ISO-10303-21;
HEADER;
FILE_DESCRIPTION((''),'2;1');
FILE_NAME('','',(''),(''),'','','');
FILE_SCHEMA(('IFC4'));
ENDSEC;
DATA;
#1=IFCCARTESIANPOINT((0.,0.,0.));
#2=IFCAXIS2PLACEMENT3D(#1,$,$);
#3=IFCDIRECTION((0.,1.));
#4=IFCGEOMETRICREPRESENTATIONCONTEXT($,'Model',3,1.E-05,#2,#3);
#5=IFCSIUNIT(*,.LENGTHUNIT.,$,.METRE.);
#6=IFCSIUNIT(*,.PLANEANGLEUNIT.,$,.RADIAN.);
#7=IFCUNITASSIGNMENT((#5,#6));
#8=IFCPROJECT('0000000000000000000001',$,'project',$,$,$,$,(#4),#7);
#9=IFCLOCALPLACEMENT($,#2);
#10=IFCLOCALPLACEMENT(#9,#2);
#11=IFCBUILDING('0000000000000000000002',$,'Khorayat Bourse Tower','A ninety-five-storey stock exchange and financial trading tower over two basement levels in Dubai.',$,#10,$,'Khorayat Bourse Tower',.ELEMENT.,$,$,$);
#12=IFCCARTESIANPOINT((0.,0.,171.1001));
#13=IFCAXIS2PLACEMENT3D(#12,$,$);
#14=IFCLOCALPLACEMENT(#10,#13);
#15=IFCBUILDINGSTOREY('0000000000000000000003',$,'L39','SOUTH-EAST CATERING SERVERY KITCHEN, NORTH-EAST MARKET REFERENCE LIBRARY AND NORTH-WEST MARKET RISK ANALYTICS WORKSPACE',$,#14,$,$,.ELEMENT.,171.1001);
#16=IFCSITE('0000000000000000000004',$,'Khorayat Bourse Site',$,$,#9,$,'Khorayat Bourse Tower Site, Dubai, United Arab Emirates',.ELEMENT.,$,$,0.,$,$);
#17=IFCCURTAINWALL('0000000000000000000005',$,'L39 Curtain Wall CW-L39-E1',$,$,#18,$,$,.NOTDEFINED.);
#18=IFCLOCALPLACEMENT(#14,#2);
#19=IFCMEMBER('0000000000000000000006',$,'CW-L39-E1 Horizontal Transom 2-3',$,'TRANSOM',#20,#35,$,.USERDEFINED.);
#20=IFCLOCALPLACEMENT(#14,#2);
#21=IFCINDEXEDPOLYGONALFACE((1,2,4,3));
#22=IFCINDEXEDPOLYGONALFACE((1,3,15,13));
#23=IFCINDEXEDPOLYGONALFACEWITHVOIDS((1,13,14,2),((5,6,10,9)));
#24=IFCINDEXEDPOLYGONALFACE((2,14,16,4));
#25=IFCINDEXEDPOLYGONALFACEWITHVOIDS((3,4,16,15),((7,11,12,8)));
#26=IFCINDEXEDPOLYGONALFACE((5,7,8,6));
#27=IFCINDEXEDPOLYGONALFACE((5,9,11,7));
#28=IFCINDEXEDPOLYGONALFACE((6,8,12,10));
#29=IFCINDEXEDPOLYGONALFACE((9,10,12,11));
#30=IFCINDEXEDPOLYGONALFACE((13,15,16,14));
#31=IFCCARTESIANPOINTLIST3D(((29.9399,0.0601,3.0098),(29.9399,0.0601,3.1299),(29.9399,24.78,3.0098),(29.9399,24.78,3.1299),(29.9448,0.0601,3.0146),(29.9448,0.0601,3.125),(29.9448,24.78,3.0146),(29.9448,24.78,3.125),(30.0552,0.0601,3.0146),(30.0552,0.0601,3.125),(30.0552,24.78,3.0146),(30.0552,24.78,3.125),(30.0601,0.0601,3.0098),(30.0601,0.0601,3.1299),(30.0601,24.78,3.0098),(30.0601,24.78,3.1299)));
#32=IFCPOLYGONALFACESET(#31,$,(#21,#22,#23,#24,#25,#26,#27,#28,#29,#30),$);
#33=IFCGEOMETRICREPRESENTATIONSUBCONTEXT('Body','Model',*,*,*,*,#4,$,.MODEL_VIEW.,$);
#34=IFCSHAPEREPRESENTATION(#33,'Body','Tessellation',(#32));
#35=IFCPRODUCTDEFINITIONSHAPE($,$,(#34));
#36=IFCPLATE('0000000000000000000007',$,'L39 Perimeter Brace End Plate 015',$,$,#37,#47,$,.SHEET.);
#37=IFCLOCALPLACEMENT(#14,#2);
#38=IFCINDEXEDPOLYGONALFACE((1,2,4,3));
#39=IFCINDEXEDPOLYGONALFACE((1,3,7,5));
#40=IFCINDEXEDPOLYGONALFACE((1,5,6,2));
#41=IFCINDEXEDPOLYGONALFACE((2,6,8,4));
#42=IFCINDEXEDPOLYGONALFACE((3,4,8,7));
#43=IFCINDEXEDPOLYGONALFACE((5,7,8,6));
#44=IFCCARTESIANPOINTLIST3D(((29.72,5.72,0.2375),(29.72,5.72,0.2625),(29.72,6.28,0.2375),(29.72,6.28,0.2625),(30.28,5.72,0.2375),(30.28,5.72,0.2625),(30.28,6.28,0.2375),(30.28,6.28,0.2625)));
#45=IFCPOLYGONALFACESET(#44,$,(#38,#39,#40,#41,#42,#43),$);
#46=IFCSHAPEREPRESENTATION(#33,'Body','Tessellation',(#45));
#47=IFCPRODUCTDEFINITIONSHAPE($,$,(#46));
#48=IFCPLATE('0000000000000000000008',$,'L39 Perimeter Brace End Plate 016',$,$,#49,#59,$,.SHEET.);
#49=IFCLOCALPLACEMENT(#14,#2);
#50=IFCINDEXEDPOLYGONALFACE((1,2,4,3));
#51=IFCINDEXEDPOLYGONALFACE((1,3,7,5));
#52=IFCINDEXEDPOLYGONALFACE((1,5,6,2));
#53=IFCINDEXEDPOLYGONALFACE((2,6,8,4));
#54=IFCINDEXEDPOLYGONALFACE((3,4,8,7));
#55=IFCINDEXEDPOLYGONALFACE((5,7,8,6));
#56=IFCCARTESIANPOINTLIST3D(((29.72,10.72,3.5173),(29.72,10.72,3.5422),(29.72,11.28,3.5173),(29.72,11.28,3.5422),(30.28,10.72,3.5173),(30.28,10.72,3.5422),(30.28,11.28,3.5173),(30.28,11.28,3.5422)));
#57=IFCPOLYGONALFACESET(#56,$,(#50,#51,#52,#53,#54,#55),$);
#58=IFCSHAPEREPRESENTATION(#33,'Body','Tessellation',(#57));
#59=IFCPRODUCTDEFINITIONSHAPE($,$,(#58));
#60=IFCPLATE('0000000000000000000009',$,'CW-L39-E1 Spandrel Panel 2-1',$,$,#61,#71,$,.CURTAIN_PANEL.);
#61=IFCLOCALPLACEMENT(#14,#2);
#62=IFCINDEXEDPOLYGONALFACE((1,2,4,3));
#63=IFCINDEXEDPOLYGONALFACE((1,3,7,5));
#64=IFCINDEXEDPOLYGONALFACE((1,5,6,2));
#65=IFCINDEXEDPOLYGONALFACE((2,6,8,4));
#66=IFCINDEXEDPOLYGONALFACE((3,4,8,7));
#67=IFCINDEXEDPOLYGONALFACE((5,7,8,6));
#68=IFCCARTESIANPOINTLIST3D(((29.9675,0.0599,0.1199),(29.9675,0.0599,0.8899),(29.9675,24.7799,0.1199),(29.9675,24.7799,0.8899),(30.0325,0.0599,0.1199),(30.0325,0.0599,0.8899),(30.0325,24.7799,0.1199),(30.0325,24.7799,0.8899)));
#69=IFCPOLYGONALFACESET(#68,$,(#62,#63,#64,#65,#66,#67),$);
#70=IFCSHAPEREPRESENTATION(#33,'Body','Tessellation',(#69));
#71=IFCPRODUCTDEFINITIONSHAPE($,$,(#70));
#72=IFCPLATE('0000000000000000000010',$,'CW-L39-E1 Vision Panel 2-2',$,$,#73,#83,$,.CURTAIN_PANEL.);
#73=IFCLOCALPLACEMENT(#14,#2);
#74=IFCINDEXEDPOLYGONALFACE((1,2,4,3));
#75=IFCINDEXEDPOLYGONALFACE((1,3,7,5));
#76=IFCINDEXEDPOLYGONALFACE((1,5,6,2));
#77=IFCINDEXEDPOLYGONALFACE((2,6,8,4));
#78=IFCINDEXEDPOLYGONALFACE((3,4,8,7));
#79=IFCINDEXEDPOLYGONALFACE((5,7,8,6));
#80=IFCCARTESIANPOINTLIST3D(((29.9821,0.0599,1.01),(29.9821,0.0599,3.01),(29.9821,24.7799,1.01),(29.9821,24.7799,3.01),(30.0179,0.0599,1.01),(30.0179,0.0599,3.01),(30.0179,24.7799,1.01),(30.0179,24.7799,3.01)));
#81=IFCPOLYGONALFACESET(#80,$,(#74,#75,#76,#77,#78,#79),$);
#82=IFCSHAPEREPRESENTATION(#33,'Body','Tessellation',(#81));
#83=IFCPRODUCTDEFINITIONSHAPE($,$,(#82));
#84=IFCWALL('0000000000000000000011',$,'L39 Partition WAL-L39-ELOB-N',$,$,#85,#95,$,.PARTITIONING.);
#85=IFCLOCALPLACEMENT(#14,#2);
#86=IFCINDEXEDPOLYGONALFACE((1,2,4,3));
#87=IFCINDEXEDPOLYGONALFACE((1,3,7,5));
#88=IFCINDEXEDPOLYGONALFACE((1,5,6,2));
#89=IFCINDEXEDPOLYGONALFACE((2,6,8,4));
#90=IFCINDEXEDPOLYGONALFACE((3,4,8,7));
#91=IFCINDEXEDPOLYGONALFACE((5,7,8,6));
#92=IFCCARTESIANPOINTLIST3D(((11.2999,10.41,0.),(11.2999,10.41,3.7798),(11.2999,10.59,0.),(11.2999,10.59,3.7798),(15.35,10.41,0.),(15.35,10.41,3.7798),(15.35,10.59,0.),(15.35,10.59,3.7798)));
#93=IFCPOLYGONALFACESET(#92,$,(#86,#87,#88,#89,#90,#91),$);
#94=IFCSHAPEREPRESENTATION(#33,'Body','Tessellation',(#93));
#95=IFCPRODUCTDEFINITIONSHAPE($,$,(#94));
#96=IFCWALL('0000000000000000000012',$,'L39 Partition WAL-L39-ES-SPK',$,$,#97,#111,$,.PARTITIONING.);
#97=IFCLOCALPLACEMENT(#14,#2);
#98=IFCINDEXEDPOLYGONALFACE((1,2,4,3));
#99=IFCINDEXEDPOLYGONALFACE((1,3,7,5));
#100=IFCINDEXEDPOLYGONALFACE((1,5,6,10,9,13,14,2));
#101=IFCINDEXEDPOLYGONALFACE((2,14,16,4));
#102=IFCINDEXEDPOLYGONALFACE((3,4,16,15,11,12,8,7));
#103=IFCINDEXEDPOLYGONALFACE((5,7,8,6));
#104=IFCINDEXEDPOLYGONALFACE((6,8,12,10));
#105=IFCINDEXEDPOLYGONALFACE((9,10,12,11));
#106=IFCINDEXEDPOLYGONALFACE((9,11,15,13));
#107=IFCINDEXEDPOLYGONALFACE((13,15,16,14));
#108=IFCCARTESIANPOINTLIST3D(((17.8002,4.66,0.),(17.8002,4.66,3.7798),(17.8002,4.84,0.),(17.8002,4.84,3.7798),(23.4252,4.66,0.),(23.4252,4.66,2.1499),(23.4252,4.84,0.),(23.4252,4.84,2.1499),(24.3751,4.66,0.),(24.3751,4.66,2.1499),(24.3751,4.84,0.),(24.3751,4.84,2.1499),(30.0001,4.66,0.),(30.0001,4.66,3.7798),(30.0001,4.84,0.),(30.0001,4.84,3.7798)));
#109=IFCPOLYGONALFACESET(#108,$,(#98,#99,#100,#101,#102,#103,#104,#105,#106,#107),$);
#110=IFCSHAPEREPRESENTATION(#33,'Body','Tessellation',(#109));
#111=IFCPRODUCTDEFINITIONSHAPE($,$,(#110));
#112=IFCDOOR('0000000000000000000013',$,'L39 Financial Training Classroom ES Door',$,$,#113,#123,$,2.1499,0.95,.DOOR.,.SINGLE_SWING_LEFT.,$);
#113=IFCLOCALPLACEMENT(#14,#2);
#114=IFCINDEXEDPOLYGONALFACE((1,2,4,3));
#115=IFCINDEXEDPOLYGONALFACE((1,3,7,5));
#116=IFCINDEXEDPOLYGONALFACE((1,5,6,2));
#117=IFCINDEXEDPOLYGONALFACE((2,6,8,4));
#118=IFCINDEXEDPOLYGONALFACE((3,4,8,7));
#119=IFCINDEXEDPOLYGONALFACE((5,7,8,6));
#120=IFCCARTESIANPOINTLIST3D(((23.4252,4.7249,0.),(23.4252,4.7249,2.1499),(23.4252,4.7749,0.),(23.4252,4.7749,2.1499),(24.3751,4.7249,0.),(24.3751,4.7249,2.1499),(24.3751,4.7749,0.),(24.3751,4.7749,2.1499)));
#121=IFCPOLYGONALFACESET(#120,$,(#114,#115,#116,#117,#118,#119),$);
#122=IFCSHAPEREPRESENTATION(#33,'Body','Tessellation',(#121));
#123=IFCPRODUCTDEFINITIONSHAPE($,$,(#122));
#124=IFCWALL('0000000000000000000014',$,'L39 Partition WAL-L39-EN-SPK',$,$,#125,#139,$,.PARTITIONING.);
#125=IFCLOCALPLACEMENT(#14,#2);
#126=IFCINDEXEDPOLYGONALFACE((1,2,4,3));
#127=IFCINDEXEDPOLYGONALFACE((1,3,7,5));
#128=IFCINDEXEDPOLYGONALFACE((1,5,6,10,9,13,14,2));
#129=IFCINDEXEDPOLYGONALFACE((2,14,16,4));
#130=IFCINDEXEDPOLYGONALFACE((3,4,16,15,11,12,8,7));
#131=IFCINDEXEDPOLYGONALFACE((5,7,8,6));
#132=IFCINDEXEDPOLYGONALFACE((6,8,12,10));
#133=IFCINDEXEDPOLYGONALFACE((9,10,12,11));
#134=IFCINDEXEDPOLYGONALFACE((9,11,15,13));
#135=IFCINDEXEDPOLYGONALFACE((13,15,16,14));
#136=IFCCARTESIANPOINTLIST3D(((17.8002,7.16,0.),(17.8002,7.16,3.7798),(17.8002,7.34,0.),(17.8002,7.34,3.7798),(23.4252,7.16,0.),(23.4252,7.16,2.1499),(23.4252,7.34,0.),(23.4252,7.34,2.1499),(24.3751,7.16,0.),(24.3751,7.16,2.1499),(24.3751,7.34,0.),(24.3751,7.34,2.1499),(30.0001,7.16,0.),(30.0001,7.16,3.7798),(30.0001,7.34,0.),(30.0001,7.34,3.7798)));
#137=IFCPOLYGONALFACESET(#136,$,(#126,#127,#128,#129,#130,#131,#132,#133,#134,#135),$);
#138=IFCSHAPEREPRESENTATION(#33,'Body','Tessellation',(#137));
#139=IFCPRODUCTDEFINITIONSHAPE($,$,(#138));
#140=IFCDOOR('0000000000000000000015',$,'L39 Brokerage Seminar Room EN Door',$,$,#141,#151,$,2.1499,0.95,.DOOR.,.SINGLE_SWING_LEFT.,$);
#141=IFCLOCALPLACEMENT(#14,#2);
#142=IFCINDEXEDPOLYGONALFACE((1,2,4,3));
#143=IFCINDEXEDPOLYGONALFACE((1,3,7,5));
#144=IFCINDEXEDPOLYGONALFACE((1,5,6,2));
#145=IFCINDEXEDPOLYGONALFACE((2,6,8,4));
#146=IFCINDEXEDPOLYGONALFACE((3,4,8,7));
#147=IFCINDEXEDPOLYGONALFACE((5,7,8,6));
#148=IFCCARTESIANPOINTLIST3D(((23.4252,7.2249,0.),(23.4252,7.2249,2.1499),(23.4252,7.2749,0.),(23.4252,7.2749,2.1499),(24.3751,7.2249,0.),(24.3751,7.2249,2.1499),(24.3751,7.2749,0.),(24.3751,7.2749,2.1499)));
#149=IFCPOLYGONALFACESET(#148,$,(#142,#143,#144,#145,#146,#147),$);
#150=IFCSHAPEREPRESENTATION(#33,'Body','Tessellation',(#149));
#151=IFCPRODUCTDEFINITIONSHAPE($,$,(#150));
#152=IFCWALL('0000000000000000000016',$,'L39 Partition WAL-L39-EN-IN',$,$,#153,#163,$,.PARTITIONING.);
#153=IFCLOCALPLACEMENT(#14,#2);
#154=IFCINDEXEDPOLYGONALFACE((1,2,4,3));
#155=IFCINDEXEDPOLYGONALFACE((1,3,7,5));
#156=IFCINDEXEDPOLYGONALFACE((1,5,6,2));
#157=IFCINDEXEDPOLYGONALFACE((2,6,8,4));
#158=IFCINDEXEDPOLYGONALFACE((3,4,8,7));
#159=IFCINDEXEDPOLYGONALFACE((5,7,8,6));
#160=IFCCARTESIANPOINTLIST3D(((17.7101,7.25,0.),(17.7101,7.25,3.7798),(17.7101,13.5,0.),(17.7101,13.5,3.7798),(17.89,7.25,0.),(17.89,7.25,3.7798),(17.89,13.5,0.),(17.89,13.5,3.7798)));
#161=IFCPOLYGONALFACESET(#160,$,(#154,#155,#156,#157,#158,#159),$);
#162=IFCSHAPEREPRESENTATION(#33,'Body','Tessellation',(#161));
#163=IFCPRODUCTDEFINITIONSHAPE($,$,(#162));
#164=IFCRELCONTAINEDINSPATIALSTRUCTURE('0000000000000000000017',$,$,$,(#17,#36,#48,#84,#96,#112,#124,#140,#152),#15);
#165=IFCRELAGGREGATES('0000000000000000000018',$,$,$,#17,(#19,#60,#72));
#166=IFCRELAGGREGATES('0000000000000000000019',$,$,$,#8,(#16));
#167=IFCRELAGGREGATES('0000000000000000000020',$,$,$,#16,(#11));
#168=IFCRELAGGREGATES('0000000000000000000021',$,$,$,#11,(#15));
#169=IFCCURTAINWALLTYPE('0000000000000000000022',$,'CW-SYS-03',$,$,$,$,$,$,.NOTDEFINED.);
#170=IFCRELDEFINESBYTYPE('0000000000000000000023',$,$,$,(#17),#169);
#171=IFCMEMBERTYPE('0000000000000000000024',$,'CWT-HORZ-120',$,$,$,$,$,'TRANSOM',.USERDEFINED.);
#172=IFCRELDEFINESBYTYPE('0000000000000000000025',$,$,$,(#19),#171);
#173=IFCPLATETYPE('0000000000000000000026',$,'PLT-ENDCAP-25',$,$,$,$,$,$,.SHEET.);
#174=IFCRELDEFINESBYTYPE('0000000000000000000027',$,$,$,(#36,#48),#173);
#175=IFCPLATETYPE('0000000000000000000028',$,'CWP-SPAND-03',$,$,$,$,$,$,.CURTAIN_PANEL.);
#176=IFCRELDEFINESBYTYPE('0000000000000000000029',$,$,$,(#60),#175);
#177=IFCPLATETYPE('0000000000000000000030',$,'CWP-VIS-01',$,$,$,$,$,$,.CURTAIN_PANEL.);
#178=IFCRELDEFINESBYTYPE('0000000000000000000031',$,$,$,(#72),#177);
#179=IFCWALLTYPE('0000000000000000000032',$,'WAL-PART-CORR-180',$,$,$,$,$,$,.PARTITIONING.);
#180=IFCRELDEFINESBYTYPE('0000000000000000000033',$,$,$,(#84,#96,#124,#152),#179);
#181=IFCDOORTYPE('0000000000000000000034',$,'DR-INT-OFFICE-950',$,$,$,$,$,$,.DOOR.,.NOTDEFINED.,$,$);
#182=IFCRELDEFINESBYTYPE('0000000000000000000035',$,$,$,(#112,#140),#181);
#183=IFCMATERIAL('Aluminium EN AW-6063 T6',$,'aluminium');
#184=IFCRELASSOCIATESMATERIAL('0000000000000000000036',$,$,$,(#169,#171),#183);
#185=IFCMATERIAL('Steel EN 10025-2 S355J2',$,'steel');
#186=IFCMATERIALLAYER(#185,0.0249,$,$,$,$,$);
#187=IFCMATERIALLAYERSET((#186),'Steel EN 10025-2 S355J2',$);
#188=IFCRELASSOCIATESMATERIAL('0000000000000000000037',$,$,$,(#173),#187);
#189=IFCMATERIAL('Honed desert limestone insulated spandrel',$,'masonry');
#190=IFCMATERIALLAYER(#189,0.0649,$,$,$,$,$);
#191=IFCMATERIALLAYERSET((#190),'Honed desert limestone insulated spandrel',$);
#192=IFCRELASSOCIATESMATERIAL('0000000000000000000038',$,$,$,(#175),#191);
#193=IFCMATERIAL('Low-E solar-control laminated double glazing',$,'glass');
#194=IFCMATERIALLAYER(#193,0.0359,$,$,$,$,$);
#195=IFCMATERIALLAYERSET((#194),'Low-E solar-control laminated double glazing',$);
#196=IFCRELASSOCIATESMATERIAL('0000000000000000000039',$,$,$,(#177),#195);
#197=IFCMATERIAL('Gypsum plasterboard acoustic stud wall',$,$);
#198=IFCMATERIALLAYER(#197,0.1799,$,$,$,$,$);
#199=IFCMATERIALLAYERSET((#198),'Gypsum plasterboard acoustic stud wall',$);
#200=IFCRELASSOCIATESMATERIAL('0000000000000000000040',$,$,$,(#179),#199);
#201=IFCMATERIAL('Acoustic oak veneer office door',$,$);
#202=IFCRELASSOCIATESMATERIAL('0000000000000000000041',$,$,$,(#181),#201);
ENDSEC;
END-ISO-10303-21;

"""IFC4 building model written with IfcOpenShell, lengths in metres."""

from ifc_helpers import new_model, si_unit, direction, frame, frame_2d, origin, origin_2d, place, context, subcontext, project, spatial, rectangle, hollow_rectangle, extrude, source, transform, mapped, material, layer, layer_set, material_profile, profile_set, type_object, element, fill, aggregate, save


model = new_model("IFC4")

# Units and contexts
model_context = context("Model", 3, precision=1e-05, world=origin(), true_north=direction((0.0, 1.0)))
body_context = subcontext(model_context, "Body", "Model", "MODEL_VIEW")
ifc_project = project(units=[si_unit("LENGTHUNIT", "METRE"), si_unit("PLANEANGLEUNIT", "RADIAN")], contexts=[model_context])

# Site, building, storey
site_placement = place(None, origin())
site = spatial("IfcSite", under=ifc_project, at=site_placement, Name="Khorayat Bourse Site", LongName="Khorayat Bourse Tower Site, Dubai, United Arab Emirates", CompositionType="ELEMENT", RefElevation=0.0)
building_placement = place(site_placement, origin())
building = spatial("IfcBuilding", under=site, at=building_placement, Name="Khorayat Bourse Tower", Description="A ninety-five-storey stock exchange and financial trading tower over two basement levels in Dubai.", LongName="Khorayat Bourse Tower", CompositionType="ELEMENT")
storey_placement = place(building_placement, frame((0.0, 0.0, 171.1001)))
storey = spatial("IfcBuildingStorey", under=building, at=storey_placement, Name="L39", Description="SOUTH-EAST CATERING SERVERY KITCHEN, NORTH-EAST MARKET REFERENCE LIBRARY AND NORTH-WEST MARKET RISK ANALYTICS WORKSPACE", CompositionType="ELEMENT", Elevation=171.1001)

# Curtain wall, member
ifc_material_1 = material(Name="Aluminium EN AW-6063 T6", Category="aluminium")
curtain_wall_type = type_object("IfcCurtainWallType", Name="CW-SYS-03", PredefinedType="NOTDEFINED", material=ifc_material_1)
curtain_wall_placement = place(storey_placement, origin())
curtain_wall = element("IfcCurtainWall", 1, at=curtain_wall_placement, inside=storey, type_object=curtain_wall_type, Name="L39 Curtain Wall CW-L39-E1", PredefinedType="NOTDEFINED")
ifc_material_profile_1 = material_profile(ifc_material_1, hollow_rectangle(XDim=0.1201, YDim=0.1201, WallThickness=0.0049, at=origin_2d()), Name="ALU 120x120x5")
ifc_profile_set_1 = profile_set([ifc_material_profile_1], Name="Aluminium EN AW-6063 T6")
member_type_1 = type_object("IfcMemberType", Name="CWT-HORZ-120", ElementType="TRANSOM", PredefinedType="USERDEFINED", material=ifc_profile_set_1)
shared_shape_1 = source(origin(), body_context, "Body", "SweptSolid", [
    extrude(hollow_rectangle(XDim=0.1201, YDim=0.1201, WallThickness=0.0049, at=origin_2d()), origin(), (0.0, 0.0, 1.0), 24.72),
])
member_1_placement = place(storey_placement, frame((30.0, 0.0601, 3.0698), z_axis=(0.0, 1.0, 0.0), x_axis=(-1.0, 0.0, 0.0)))
member_1 = element("IfcMember", 2, at=member_1_placement, type_object=member_type_1, Name="CW-L39-E1 Horizontal Transom 2-3", ObjectType="TRANSOM", PredefinedType="USERDEFINED", context=body_context, shape_type="MappedRepresentation", body=[
    mapped(shared_shape_1, transform((0.0, 0.0, 0.0), scale=1.0)),
])

# Plates
ifc_material_2 = material(Name="Steel EN 10025-2 S355J2", Category="steel")
ifc_layer_1 = layer(ifc_material_2, 0.0249)
ifc_layer_set_1 = layer_set([ifc_layer_1], Name="Steel EN 10025-2 S355J2")
plate_type_1 = type_object("IfcPlateType", Name="PLT-ENDCAP-25", PredefinedType="SHEET", material=ifc_layer_set_1)
shared_shape_2 = source(origin(), body_context, "Body", "SweptSolid", [
    extrude(rectangle(XDim=0.5601, YDim=0.5601, at=origin_2d()), origin(), (0.0, 0.0, 1.0), 0.0249),
])
for number, where, z_axis, x_axis, name in (
    (3, (30.0, 6.0, 0.2375), (0.0, 0.0, 1.0), (1.0, 0.0, 0.0), "L39 Perimeter Brace End Plate 015"),
    (4, (30.0, 11.0, 3.5173), (0.0, 0.0, 1.0), (1.0, 0.0, 0.0), "L39 Perimeter Brace End Plate 016"),
):
    element("IfcPlate", number, at=place(storey_placement, frame(where, z_axis=z_axis, x_axis=x_axis)), inside=storey, type_object=plate_type_1, Name=name, PredefinedType="SHEET", context=body_context, shape_type="MappedRepresentation", body=[
        mapped(shared_shape_2, transform((0.0, 0.0, 0.0), scale=1.0)),
    ])

# Plates
ifc_material_3 = material(Name="Honed desert limestone insulated spandrel", Category="masonry")
ifc_layer_2 = layer(ifc_material_3, 0.0649)
ifc_layer_set_2 = layer_set([ifc_layer_2], Name="Honed desert limestone insulated spandrel")
plate_type_2 = type_object("IfcPlateType", Name="CWP-SPAND-03", PredefinedType="CURTAIN_PANEL", material=ifc_layer_set_2)
shared_shape_3 = source(origin(), body_context, "Body", "SweptSolid", [
    extrude(rectangle(XDim=24.72, YDim=0.0649, at=origin_2d()), origin(), (0.0, 0.0, 1.0), 0.77),
])
plate_1_placement = place(storey_placement, frame((30.0, 12.4199, 0.1199), z_axis=(0.0, 0.0, 1.0), x_axis=(0.0, 1.0, 0.0)))
plate_1 = element("IfcPlate", 5, at=plate_1_placement, type_object=plate_type_2, Name="CW-L39-E1 Spandrel Panel 2-1", PredefinedType="CURTAIN_PANEL", context=body_context, shape_type="MappedRepresentation", body=[
    mapped(shared_shape_3, transform((0.0, 0.0, 0.0), scale=1.0)),
])
ifc_material_4 = material(Name="Low-E solar-control laminated double glazing", Category="glass")
ifc_layer_3 = layer(ifc_material_4, 0.0359)
ifc_layer_set_3 = layer_set([ifc_layer_3], Name="Low-E solar-control laminated double glazing")
plate_type_3 = type_object("IfcPlateType", Name="CWP-VIS-01", PredefinedType="CURTAIN_PANEL", material=ifc_layer_set_3)
shared_shape_4 = source(origin(), body_context, "Body", "SweptSolid", [
    extrude(rectangle(XDim=24.72, YDim=0.0359, at=origin_2d()), origin(), (0.0, 0.0, 1.0), 2.0),
])
plate_2_placement = place(storey_placement, frame((30.0, 12.4199, 1.01), z_axis=(0.0, 0.0, 1.0), x_axis=(0.0, 1.0, 0.0)))
plate_2 = element("IfcPlate", 6, at=plate_2_placement, type_object=plate_type_3, Name="CW-L39-E1 Vision Panel 2-2", PredefinedType="CURTAIN_PANEL", context=body_context, shape_type="MappedRepresentation", body=[
    mapped(shared_shape_4, transform((0.0, 0.0, 0.0), scale=1.0)),
])
aggregate(curtain_wall, [member_1, plate_1, plate_2])

# Wall
ifc_material_5 = material(Name="Gypsum plasterboard acoustic stud wall")
ifc_layer_4 = layer(ifc_material_5, 0.1799)
ifc_layer_set_4 = layer_set([ifc_layer_4], Name="Gypsum plasterboard acoustic stud wall")
wall_type = type_object("IfcWallType", Name="WAL-PART-CORR-180", PredefinedType="PARTITIONING", material=ifc_layer_set_4)
shared_shape_5 = source(origin(), body_context, "Body", "SweptSolid", [
    extrude(rectangle(XDim=4.05, YDim=0.1799, at=frame_2d((2.0249, 0.0))), origin(), (0.0, 0.0, 1.0), 3.7798),
])
wall_1_placement = place(storey_placement, frame((11.3, 10.5, 0.0), z_axis=(0.0, 0.0, 1.0), x_axis=(1.0, 0.0, 0.0)))
element("IfcWall", 7, at=wall_1_placement, inside=storey, type_object=wall_type, Name="L39 Partition WAL-L39-ELOB-N", PredefinedType="PARTITIONING", context=body_context, shape_type="MappedRepresentation", body=[
    mapped(shared_shape_5, transform((0.0, 0.0, 0.0), scale=1.0)),
])

# Walls, openings, doors
shared_shape_6 = source(origin(), body_context, "Body", "SweptSolid", [
    extrude(rectangle(XDim=12.2, YDim=0.1799, at=frame_2d((6.1001, 0.0))), origin(), (0.0, 0.0, 1.0), 3.7798),
])
wall_2_placement = place(storey_placement, frame((17.8, 4.75, 0.0), z_axis=(0.0, 0.0, 1.0), x_axis=(1.0, 0.0, 0.0)))
wall_2 = element("IfcWall", 8, at=wall_2_placement, inside=storey, type_object=wall_type, Name="L39 Partition WAL-L39-ES-SPK", PredefinedType="PARTITIONING", context=body_context, shape_type="MappedRepresentation", body=[
    mapped(shared_shape_6, transform((0.0, 0.0, 0.0), scale=1.0)),
])
shared_shape_7 = source(origin(), body_context, "Body", "SweptSolid", [
    extrude(rectangle(XDim=0.95, YDim=2.1499, at=frame_2d((0.4751, 1.075))), frame((0.0, 0.0999, 0.0), z_axis=(0.0, -1.0, 0.0), x_axis=(1.0, 0.0, 0.0)), (0.0, 0.0, 1.0), 0.2),
])
opening_1_placement = place(wall_2_placement, frame((5.625, 0.0, 0.0)))
opening_1 = element("IfcOpeningElement", 9, at=opening_1_placement, cuts=wall_2, PredefinedType="OPENING", context=body_context, shape_type="MappedRepresentation", body=[
    mapped(shared_shape_7, transform((0.0, 0.0, 0.0), scale=1.0)),
])
ifc_material_6 = material(Name="Acoustic oak veneer office door")
door_type = type_object("IfcDoorType", Name="DR-INT-OFFICE-950", OperationType="NOTDEFINED", PredefinedType="DOOR", material=ifc_material_6)
shared_shape_8 = source(origin(), body_context, "Body", "SweptSolid", [
    extrude(rectangle(XDim=0.95, YDim=2.1499, at=frame_2d((0.4751, 1.075))), frame((0.0, 0.0249, 0.0), z_axis=(0.0, -1.0, 0.0), x_axis=(1.0, 0.0, 0.0)), (0.0, 0.0, 1.0), 0.05),
])
door_1_placement = place(opening_1_placement, origin())
door_1 = element("IfcDoor", 10, at=door_1_placement, inside=storey, type_object=door_type, Name="L39 Financial Training Classroom ES Door", OperationType="SINGLE_SWING_LEFT", OverallHeight=2.1499, OverallWidth=0.95, PredefinedType="DOOR", context=body_context, shape_type="MappedRepresentation", body=[
    mapped(shared_shape_8, transform((0.0, 0.0, 0.0), scale=1.0)),
])
fill(opening_1, door_1)
wall_3_placement = place(storey_placement, frame((17.8, 7.25, 0.0), z_axis=(0.0, 0.0, 1.0), x_axis=(1.0, 0.0, 0.0)))
wall_3 = element("IfcWall", 11, at=wall_3_placement, inside=storey, type_object=wall_type, Name="L39 Partition WAL-L39-EN-SPK", PredefinedType="PARTITIONING", context=body_context, shape_type="MappedRepresentation", body=[
    mapped(shared_shape_6, transform((0.0, 0.0, 0.0), scale=1.0)),
])
opening_2_placement = place(wall_3_placement, frame((5.625, 0.0, 0.0)))
opening_2 = element("IfcOpeningElement", 12, at=opening_2_placement, cuts=wall_3, PredefinedType="OPENING", context=body_context, shape_type="MappedRepresentation", body=[
    mapped(shared_shape_7, transform((0.0, 0.0, 0.0), scale=1.0)),
])
door_2_placement = place(opening_2_placement, origin())
door_2 = element("IfcDoor", 13, at=door_2_placement, inside=storey, type_object=door_type, Name="L39 Brokerage Seminar Room EN Door", OperationType="SINGLE_SWING_LEFT", OverallHeight=2.1499, OverallWidth=0.95, PredefinedType="DOOR", context=body_context, shape_type="MappedRepresentation", body=[
    mapped(shared_shape_8, transform((0.0, 0.0, 0.0), scale=1.0)),
])
fill(opening_2, door_2)

# Wall
shared_shape_9 = source(origin(), body_context, "Body", "SweptSolid", [
    extrude(rectangle(XDim=6.25, YDim=0.1799, at=frame_2d((3.125, 0.0))), origin(), (0.0, 0.0, 1.0), 3.7798),
])
wall_4_placement = place(storey_placement, frame((17.8, 7.25, 0.0), z_axis=(0.0, 0.0, 1.0), x_axis=(0.0, 1.0, 0.0)))
element("IfcWall", 14, at=wall_4_placement, inside=storey, type_object=wall_type, Name="L39 Partition WAL-L39-EN-IN", PredefinedType="PARTITIONING", context=body_context, shape_type="MappedRepresentation", body=[
    mapped(shared_shape_9, transform((0.0, 0.0, 0.0), scale=1.0)),
])

save(model, "model.ifc")
